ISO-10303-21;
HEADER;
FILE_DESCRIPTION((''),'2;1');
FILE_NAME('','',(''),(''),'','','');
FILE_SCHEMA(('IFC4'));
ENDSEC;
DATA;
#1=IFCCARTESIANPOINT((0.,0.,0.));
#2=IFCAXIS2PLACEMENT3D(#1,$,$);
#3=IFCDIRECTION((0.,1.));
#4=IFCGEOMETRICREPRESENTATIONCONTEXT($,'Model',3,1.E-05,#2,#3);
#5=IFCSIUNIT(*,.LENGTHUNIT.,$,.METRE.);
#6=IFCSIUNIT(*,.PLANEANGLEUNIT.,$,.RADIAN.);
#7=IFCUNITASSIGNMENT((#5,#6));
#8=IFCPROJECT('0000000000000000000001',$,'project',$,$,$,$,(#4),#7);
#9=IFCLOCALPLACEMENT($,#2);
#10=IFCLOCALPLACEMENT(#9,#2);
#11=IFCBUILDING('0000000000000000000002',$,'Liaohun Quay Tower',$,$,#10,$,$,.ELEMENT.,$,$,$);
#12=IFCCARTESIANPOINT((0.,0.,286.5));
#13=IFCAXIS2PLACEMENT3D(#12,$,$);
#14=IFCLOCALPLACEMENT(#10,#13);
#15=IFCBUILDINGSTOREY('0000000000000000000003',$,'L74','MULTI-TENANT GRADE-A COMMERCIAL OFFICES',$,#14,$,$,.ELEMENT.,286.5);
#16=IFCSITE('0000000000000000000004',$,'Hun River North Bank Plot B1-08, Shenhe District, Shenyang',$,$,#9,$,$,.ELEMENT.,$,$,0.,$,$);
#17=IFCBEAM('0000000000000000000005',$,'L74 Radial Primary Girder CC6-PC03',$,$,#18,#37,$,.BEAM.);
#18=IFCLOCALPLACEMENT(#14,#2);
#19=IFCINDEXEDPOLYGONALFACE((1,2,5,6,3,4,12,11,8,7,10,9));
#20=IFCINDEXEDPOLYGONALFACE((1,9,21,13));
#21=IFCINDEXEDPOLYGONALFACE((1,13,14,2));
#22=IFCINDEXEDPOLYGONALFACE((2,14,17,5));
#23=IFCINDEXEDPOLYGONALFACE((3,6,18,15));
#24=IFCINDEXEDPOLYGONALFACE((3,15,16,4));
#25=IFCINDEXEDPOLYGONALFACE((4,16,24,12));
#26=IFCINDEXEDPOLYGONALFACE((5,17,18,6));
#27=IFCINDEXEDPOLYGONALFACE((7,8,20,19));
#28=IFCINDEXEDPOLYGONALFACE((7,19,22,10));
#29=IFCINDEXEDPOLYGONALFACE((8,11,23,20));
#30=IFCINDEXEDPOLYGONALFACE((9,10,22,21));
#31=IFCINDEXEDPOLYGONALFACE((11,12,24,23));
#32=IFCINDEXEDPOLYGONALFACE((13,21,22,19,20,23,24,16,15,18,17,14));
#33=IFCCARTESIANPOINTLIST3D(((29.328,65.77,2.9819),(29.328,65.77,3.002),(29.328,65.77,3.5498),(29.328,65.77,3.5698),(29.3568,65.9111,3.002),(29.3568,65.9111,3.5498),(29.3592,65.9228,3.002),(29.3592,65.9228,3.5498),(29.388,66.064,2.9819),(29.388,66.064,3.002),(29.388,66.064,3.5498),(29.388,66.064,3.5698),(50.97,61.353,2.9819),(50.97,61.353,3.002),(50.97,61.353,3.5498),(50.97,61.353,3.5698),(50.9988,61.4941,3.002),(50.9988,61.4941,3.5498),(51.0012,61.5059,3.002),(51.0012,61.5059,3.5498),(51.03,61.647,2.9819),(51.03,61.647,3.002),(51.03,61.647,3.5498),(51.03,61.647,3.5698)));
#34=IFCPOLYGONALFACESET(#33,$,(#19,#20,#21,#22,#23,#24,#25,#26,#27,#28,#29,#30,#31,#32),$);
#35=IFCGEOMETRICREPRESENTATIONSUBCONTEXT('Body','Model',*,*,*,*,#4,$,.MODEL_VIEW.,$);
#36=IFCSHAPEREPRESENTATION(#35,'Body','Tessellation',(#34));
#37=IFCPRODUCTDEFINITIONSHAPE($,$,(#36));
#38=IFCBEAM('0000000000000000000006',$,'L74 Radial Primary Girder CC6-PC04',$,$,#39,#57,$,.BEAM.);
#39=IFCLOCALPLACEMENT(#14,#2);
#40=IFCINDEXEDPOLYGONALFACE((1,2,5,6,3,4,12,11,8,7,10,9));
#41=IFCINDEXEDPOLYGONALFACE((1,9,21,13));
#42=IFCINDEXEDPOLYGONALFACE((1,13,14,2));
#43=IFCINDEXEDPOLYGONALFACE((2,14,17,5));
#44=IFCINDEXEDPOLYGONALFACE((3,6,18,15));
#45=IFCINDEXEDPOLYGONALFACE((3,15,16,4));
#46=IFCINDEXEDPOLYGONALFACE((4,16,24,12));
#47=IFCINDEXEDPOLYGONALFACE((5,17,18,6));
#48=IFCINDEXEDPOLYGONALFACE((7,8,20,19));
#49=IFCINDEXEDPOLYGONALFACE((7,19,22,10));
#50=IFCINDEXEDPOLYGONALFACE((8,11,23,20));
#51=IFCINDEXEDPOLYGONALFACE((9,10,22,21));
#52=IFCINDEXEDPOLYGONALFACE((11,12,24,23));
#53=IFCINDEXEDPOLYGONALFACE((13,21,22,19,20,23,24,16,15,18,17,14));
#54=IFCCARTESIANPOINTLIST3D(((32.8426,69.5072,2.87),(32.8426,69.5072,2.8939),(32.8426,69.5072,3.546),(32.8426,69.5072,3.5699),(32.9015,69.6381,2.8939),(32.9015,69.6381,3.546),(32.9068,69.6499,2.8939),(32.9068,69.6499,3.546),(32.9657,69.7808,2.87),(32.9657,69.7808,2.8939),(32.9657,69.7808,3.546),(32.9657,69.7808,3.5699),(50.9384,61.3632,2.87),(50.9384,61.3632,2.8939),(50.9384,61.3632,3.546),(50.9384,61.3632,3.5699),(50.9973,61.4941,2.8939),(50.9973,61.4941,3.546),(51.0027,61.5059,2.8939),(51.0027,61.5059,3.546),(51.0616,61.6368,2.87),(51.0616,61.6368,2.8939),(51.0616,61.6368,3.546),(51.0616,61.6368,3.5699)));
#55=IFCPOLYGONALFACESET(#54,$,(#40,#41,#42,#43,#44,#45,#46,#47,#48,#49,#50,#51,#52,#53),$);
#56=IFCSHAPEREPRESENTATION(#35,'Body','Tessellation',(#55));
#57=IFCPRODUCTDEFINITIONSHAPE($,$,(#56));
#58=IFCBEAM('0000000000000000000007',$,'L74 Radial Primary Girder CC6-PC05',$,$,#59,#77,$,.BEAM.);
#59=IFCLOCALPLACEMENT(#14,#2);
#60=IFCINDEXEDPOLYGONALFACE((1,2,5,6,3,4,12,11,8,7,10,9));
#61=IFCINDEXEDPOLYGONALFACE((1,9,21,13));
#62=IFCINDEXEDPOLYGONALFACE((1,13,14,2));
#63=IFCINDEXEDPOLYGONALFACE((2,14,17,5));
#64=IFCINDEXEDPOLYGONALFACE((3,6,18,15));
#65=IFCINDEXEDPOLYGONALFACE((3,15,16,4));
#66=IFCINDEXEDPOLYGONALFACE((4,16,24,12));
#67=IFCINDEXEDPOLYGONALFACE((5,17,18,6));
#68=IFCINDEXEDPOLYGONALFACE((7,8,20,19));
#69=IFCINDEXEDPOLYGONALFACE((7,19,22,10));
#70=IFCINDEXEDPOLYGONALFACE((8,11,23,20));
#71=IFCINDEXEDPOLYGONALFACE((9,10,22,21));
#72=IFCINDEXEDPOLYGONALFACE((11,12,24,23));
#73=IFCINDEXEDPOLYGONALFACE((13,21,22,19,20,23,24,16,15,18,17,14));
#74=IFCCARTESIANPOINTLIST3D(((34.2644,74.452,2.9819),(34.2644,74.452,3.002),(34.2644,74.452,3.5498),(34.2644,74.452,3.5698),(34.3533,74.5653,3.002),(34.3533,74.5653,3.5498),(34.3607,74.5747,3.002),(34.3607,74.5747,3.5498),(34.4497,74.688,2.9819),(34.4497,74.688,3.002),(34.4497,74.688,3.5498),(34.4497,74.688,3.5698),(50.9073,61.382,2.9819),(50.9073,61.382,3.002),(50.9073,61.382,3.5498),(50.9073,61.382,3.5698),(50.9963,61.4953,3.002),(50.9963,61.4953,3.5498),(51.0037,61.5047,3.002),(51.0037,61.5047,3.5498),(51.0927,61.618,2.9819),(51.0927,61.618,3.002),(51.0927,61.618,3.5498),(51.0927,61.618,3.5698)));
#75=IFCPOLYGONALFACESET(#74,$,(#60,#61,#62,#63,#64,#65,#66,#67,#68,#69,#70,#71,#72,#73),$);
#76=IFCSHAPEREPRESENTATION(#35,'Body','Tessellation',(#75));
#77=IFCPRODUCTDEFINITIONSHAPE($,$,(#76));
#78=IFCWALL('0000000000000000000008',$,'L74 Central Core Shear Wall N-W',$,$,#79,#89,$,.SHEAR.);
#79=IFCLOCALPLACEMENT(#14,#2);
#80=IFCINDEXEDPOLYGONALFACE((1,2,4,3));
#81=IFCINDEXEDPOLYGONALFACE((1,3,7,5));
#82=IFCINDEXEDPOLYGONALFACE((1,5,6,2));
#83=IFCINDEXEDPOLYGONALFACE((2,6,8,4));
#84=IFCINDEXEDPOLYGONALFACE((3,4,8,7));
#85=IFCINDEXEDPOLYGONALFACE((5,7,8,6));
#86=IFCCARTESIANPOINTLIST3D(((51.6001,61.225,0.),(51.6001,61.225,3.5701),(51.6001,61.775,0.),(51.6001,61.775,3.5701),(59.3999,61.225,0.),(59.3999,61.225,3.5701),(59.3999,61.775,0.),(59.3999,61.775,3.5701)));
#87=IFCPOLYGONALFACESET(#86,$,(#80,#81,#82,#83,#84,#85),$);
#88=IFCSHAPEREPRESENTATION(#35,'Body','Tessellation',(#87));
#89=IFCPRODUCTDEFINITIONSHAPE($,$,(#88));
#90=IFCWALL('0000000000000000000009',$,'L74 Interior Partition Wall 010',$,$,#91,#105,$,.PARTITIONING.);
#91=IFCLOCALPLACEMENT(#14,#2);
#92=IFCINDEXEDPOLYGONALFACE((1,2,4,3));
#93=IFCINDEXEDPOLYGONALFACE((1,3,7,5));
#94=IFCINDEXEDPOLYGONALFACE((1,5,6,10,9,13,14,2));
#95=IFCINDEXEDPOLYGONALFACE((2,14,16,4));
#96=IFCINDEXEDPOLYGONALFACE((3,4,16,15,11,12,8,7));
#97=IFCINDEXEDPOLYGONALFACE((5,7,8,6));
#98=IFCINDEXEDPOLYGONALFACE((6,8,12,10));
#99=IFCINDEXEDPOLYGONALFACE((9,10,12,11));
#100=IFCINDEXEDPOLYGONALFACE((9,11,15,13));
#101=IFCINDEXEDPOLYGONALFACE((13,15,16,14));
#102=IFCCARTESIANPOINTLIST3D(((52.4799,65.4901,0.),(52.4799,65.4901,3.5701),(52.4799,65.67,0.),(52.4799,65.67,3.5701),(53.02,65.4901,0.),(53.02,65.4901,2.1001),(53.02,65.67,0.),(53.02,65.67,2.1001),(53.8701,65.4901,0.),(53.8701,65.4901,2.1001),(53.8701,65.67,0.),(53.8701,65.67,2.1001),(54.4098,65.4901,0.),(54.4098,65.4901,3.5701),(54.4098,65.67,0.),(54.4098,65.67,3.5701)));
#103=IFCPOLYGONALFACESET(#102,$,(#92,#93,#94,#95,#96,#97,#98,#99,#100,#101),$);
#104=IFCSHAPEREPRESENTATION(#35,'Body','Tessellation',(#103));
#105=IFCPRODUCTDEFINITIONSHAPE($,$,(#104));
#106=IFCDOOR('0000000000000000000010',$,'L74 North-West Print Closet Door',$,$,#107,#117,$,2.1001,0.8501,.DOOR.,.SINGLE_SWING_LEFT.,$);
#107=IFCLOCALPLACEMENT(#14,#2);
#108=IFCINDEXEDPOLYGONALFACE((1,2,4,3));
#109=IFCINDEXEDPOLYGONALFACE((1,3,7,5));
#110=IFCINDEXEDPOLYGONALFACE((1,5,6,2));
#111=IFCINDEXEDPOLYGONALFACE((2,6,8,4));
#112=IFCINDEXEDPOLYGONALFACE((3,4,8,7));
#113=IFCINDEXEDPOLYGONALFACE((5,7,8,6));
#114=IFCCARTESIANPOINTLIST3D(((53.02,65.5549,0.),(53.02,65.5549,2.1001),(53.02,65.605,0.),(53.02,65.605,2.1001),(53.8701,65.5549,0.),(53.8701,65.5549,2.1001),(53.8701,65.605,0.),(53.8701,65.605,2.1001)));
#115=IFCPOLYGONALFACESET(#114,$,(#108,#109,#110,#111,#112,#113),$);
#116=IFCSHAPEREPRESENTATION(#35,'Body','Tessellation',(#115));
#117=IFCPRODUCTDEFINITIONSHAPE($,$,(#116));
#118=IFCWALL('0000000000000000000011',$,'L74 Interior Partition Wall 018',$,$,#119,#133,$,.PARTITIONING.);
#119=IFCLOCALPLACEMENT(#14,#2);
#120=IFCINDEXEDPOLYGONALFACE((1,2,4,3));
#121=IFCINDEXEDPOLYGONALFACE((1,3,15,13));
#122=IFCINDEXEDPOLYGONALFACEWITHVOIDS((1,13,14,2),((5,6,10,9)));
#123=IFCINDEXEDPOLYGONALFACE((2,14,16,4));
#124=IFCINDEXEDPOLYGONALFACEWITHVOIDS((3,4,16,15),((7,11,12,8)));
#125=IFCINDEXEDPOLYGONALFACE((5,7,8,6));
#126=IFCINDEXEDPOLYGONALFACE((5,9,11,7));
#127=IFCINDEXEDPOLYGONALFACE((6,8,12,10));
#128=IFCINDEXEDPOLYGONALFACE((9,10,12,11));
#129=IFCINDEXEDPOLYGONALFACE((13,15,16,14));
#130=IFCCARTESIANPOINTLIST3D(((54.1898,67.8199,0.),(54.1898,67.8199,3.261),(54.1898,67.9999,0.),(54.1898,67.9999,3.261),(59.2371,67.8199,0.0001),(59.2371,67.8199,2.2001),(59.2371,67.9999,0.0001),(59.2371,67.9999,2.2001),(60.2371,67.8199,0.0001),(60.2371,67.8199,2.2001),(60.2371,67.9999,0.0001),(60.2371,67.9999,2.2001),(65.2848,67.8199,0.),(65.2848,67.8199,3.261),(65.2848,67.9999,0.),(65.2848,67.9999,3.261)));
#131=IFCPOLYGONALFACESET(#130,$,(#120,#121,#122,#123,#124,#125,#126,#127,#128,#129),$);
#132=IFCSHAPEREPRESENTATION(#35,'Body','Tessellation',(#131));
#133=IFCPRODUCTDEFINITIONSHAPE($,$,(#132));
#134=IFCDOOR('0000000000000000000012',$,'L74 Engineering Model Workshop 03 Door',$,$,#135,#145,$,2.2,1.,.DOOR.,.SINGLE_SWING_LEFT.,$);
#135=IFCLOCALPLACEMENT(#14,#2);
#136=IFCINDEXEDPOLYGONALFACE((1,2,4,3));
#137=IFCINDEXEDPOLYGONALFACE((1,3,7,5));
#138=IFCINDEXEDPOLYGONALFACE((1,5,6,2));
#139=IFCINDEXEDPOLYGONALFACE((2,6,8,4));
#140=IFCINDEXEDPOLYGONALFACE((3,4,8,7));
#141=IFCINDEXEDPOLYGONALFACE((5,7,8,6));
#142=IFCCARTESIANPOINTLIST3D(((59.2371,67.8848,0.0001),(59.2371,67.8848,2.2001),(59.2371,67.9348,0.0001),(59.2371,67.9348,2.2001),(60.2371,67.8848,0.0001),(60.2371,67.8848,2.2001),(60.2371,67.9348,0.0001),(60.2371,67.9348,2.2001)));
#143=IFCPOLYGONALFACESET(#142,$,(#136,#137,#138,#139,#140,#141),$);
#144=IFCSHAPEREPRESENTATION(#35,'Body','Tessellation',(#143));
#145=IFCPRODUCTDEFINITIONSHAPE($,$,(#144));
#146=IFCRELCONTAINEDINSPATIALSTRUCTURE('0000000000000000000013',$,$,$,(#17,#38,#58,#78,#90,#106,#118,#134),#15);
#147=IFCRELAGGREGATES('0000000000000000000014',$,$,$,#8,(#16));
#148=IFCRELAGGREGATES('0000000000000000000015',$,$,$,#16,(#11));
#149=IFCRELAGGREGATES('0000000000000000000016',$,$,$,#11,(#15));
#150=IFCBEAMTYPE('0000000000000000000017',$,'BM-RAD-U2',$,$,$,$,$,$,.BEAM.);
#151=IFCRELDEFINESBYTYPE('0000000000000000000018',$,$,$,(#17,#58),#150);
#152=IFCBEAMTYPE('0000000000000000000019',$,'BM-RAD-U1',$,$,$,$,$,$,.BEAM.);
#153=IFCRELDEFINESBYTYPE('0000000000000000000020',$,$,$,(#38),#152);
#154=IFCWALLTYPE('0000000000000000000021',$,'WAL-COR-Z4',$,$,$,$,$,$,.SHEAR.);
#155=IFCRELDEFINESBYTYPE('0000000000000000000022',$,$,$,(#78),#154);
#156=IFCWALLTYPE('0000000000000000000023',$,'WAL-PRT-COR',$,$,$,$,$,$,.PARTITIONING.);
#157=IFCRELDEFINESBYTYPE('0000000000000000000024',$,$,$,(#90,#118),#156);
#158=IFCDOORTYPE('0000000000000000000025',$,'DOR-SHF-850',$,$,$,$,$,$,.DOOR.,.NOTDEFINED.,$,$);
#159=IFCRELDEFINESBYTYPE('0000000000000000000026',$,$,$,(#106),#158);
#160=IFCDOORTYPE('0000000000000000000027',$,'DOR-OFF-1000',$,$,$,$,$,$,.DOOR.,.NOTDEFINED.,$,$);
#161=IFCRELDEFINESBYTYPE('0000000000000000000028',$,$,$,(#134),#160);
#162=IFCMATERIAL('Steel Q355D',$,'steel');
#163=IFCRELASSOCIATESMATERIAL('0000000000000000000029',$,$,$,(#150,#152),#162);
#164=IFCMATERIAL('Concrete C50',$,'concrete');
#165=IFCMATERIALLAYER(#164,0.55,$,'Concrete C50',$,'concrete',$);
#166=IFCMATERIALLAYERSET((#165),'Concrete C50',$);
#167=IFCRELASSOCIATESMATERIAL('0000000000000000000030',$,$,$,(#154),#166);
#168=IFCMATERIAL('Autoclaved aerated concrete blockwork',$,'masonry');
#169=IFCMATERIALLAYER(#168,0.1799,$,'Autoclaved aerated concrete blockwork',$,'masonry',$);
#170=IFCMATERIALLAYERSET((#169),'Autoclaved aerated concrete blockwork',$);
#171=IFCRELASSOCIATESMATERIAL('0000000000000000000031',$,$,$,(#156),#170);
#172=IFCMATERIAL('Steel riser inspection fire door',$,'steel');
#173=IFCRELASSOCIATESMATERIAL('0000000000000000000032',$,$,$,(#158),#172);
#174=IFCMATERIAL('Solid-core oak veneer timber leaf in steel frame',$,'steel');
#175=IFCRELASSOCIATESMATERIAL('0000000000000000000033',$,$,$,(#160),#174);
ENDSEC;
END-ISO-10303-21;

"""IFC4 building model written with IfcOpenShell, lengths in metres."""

from ifc_helpers import new_model, si_unit, direction, frame, frame_2d, origin, origin_2d, place, context, subcontext, project, spatial, rectangle, i_section, extrude, source, transform, mapped, material, layer, layer_set, material_profile, profile_set, type_object, element, fill, save


model = new_model("IFC4")

# Units and contexts
model_context = context("Model", 3, precision=1e-05, world=origin(), true_north=direction((0.0, 1.0)))
body_context = subcontext(model_context, "Body", "Model", "MODEL_VIEW")
ifc_project = project(units=[si_unit("LENGTHUNIT", "METRE"), si_unit("PLANEANGLEUNIT", "RADIAN")], contexts=[model_context])

# Site, building, storey
site_placement = place(None, origin())
site = spatial("IfcSite", under=ifc_project, at=site_placement, Name="Hun River North Bank Plot B1-08, Shenhe District, Shenyang", CompositionType="ELEMENT", RefElevation=0.0)
building_placement = place(site_placement, origin())
building = spatial("IfcBuilding", under=site, at=building_placement, Name="Liaohun Quay Tower", CompositionType="ELEMENT")
storey_placement = place(building_placement, frame((0.0, 0.0, 286.5)))
storey = spatial("IfcBuildingStorey", under=building, at=storey_placement, Name="L74", Description="MULTI-TENANT GRADE-A COMMERCIAL OFFICES", CompositionType="ELEMENT", Elevation=286.5)

# Beams
ifc_material_1 = material(Name="Steel Q355D", Category="steel")
ifc_material_profile_1 = material_profile(ifc_material_1, i_section(OverallWidth=0.3, OverallDepth=0.5879, WebThickness=0.012, FlangeThickness=0.02, at=origin_2d()), Name="HM588x300x12x20")
ifc_profile_set_1 = profile_set([ifc_material_profile_1], Name="Steel Q355D")
beam_type_1 = type_object("IfcBeamType", Name="BM-RAD-U2", PredefinedType="BEAM", material=ifc_profile_set_1)
shared_shape_1 = source(origin(), body_context, "Body", "SweptSolid", [
    extrude(i_section(OverallWidth=0.3, OverallDepth=0.5879, WebThickness=0.012, FlangeThickness=0.02, at=origin_2d()), origin(), (0.0, 0.0, 1.0), 22.0881),
])
beam_1_placement = place(storey_placement, frame((51.0, 61.5, 3.2759), z_axis=(-0.979802, 0.19997, 0.0), x_axis=(-0.19997, -0.979802, 0.0)))
element("IfcBeam", 1, at=beam_1_placement, inside=storey, type_object=beam_type_1, Name="L74 Radial Primary Girder CC6-PC03", PredefinedType="BEAM", context=body_context, shape_type="MappedRepresentation", body=[
    mapped(shared_shape_1, transform((0.0, 0.0, 0.0), x_axis=(1.0, 0.0, 0.0), y_axis=(0.0, 1.0, 0.0), z_axis=(0.0, 0.0, 1.0), scale=1.0)),
])
ifc_material_profile_2 = material_profile(ifc_material_1, i_section(OverallWidth=0.3, OverallDepth=0.7, WebThickness=0.0129, FlangeThickness=0.0239, at=origin_2d()), Name="HN700x300x13x24")
ifc_profile_set_2 = profile_set([ifc_material_profile_2], Name="Steel Q355D")
beam_type_2 = type_object("IfcBeamType", Name="BM-RAD-U1", PredefinedType="BEAM", material=ifc_profile_set_2)
shared_shape_2 = source(origin(), body_context, "Body", "SweptSolid", [
    extrude(i_section(OverallWidth=0.3, OverallDepth=0.7, WebThickness=0.0129, FlangeThickness=0.0239, at=origin_2d()), origin(), (0.0, 0.0, 1.0), 19.844),
])
beam_2_placement = place(storey_placement, frame((51.0, 61.5, 3.22), z_axis=(-0.911905, 0.410401, 0.0), x_axis=(-0.410401, -0.911905, 0.0)))
element("IfcBeam", 2, at=beam_2_placement, inside=storey, type_object=beam_type_2, Name="L74 Radial Primary Girder CC6-PC04", PredefinedType="BEAM", context=body_context, shape_type="MappedRepresentation", body=[
    mapped(shared_shape_2, transform((0.0, 0.0, 0.0), x_axis=(1.0, 0.0, 0.0), y_axis=(0.0, 1.0, 0.0), z_axis=(0.0, 0.0, 1.0), scale=1.0)),
])
shared_shape_3 = source(origin(), body_context, "Body", "SweptSolid", [
    extrude(i_section(OverallWidth=0.3, OverallDepth=0.5879, WebThickness=0.012, FlangeThickness=0.02, at=origin_2d()), origin(), (0.0, 0.0, 1.0), 21.1616),
])
beam_3_placement = place(storey_placement, frame((51.0, 61.5, 3.2759), z_axis=(-0.78647, 0.617628, 0.0), x_axis=(-0.617628, -0.78647, 0.0)))
element("IfcBeam", 3, at=beam_3_placement, inside=storey, type_object=beam_type_1, Name="L74 Radial Primary Girder CC6-PC05", PredefinedType="BEAM", context=body_context, shape_type="MappedRepresentation", body=[
    mapped(shared_shape_3, transform((0.0, 0.0, 0.0), x_axis=(1.0, 0.0, 0.0), y_axis=(0.0, 1.0, 0.0), z_axis=(0.0, 0.0, 1.0), scale=1.0)),
])

# Wall
ifc_material_2 = material(Name="Concrete C50", Category="concrete")
ifc_layer_1 = layer(ifc_material_2, 0.55, Name="Concrete C50", Category="concrete")
ifc_layer_set_1 = layer_set([ifc_layer_1], Name="Concrete C50")
wall_type_1 = type_object("IfcWallType", Name="WAL-COR-Z4", PredefinedType="SHEAR", material=ifc_layer_set_1)
wall_1_placement = place(storey_placement, frame((51.6001, 61.5, 0.0), z_axis=(0.0, 0.0, 1.0), x_axis=(1.0, 0.0, 0.0)))
element("IfcWall", 4, at=wall_1_placement, inside=storey, type_object=wall_type_1, Name="L74 Central Core Shear Wall N-W", PredefinedType="SHEAR", context=body_context, shape_type="SweptSolid", body=[
    extrude(rectangle(XDim=7.7998, YDim=0.55, at=frame_2d((3.8999, 0.0))), origin(), (0.0, 0.0, 1.0), 3.5701),
])

# Walls, openings, doors
ifc_material_3 = material(Name="Autoclaved aerated concrete blockwork", Category="masonry")
ifc_layer_2 = layer(ifc_material_3, 0.1799, Name="Autoclaved aerated concrete blockwork", Category="masonry")
ifc_layer_set_2 = layer_set([ifc_layer_2], Name="Autoclaved aerated concrete blockwork")
wall_type_2 = type_object("IfcWallType", Name="WAL-PRT-COR", PredefinedType="PARTITIONING", material=ifc_layer_set_2)
wall_2_placement = place(storey_placement, frame((52.48, 65.5801, 0.0), z_axis=(0.0, 0.0, 1.0), x_axis=(1.0, 0.0, 0.0)))
wall_2 = element("IfcWall", 5, at=wall_2_placement, inside=storey, type_object=wall_type_2, Name="L74 Interior Partition Wall 010", PredefinedType="PARTITIONING", context=body_context, shape_type="SweptSolid", body=[
    extrude(rectangle(XDim=1.9299, YDim=0.1799, at=frame_2d((0.9648, 0.0))), origin(), (0.0, 0.0, 1.0), 3.5701),
])
shared_shape_4 = source(origin(), body_context, "Body", "SweptSolid", [
    extrude(rectangle(XDim=0.8501, YDim=2.1001, at=frame_2d((0.425, 1.05))), frame((0.0, 0.0999, 0.0), z_axis=(0.0, -1.0, 0.0), x_axis=(1.0, 0.0, 0.0)), (0.0, 0.0, 1.0), 0.2),
])
opening_1_placement = place(wall_2_placement, frame((0.54, 0.0, 0.0)))
opening_1 = element("IfcOpeningElement", 6, at=opening_1_placement, cuts=wall_2, PredefinedType="OPENING", context=body_context, shape_type="MappedRepresentation", body=[
    mapped(shared_shape_4, transform((0.0, 0.0, 0.0), x_axis=(1.0, 0.0, 0.0), y_axis=(0.0, 1.0, 0.0), z_axis=(0.0, 0.0, 1.0), scale=1.0)),
])
ifc_material_4 = material(Name="Steel riser inspection fire door", Category="steel")
door_type_1 = type_object("IfcDoorType", Name="DOR-SHF-850", OperationType="NOTDEFINED", PredefinedType="DOOR", material=ifc_material_4)
shared_shape_5 = source(origin(), body_context, "Body", "SweptSolid", [
    extrude(rectangle(XDim=0.8501, YDim=2.1001, at=frame_2d((0.425, 1.05))), frame((0.0, 0.0249, 0.0), z_axis=(0.0, -1.0, 0.0), x_axis=(1.0, 0.0, 0.0)), (0.0, 0.0, 1.0), 0.05),
])
door_1_placement = place(opening_1_placement, origin())
door_1 = element("IfcDoor", 7, at=door_1_placement, inside=storey, type_object=door_type_1, Name="L74 North-West Print Closet Door", OperationType="SINGLE_SWING_LEFT", OverallHeight=2.1001, OverallWidth=0.8501, PredefinedType="DOOR", context=body_context, shape_type="MappedRepresentation", body=[
    mapped(shared_shape_5, transform((0.0, 0.0, 0.0), x_axis=(1.0, 0.0, 0.0), y_axis=(0.0, 1.0, 0.0), z_axis=(0.0, 0.0, 1.0), scale=1.0)),
])
fill(opening_1, door_1)
wall_3_placement = place(storey_placement, frame((54.1899, 67.9099, 0.0), z_axis=(0.0, 0.0, 1.0), x_axis=(1.0, 0.0, 0.0)))
wall_3 = element("IfcWall", 8, at=wall_3_placement, inside=storey, type_object=wall_type_2, Name="L74 Interior Partition Wall 018", PredefinedType="PARTITIONING", context=body_context, shape_type="SweptSolid", body=[
    extrude(rectangle(XDim=11.095, YDim=0.1799, at=frame_2d((5.5474, 0.0))), origin(), (0.0, 0.0, 1.0), 3.261),
])
shared_shape_6 = source(origin(), body_context, "Body", "SweptSolid", [
    extrude(rectangle(XDim=1.0, YDim=2.2, at=frame_2d((0.5, 1.1001))), frame((0.0, 0.0999, 0.0), z_axis=(0.0, -1.0, 0.0), x_axis=(1.0, 0.0, 0.0)), (0.0, 0.0, 1.0), 0.2),
])
opening_2_placement = place(wall_3_placement, frame((5.0471, 0.0, 0.0)))
opening_2 = element("IfcOpeningElement", 9, at=opening_2_placement, cuts=wall_3, PredefinedType="OPENING", context=body_context, shape_type="MappedRepresentation", body=[
    mapped(shared_shape_6, transform((0.0, 0.0, 0.0), x_axis=(1.0, 0.0, 0.0), y_axis=(0.0, 1.0, 0.0), z_axis=(0.0, 0.0, 1.0), scale=1.0)),
])
ifc_material_5 = material(Name="Solid-core oak veneer timber leaf in steel frame", Category="steel")
door_type_2 = type_object("IfcDoorType", Name="DOR-OFF-1000", OperationType="NOTDEFINED", PredefinedType="DOOR", material=ifc_material_5)
shared_shape_7 = source(origin(), body_context, "Body", "SweptSolid", [
    extrude(rectangle(XDim=1.0, YDim=2.2, at=frame_2d((0.5, 1.1001))), frame((0.0, 0.0249, 0.0), z_axis=(0.0, -1.0, 0.0), x_axis=(1.0, 0.0, 0.0)), (0.0, 0.0, 1.0), 0.05),
])
door_2_placement = place(opening_2_placement, origin())
door_2 = element("IfcDoor", 10, at=door_2_placement, inside=storey, type_object=door_type_2, Name="L74 Engineering Model Workshop 03 Door", OperationType="SINGLE_SWING_LEFT", OverallHeight=2.2, OverallWidth=1.0, PredefinedType="DOOR", context=body_context, shape_type="MappedRepresentation", body=[
    mapped(shared_shape_7, transform((0.0, 0.0, 0.0), x_axis=(1.0, 0.0, 0.0), y_axis=(0.0, 1.0, 0.0), z_axis=(0.0, 0.0, 1.0), scale=1.0)),
])
fill(opening_2, door_2)

save(model, "model.ifc")
